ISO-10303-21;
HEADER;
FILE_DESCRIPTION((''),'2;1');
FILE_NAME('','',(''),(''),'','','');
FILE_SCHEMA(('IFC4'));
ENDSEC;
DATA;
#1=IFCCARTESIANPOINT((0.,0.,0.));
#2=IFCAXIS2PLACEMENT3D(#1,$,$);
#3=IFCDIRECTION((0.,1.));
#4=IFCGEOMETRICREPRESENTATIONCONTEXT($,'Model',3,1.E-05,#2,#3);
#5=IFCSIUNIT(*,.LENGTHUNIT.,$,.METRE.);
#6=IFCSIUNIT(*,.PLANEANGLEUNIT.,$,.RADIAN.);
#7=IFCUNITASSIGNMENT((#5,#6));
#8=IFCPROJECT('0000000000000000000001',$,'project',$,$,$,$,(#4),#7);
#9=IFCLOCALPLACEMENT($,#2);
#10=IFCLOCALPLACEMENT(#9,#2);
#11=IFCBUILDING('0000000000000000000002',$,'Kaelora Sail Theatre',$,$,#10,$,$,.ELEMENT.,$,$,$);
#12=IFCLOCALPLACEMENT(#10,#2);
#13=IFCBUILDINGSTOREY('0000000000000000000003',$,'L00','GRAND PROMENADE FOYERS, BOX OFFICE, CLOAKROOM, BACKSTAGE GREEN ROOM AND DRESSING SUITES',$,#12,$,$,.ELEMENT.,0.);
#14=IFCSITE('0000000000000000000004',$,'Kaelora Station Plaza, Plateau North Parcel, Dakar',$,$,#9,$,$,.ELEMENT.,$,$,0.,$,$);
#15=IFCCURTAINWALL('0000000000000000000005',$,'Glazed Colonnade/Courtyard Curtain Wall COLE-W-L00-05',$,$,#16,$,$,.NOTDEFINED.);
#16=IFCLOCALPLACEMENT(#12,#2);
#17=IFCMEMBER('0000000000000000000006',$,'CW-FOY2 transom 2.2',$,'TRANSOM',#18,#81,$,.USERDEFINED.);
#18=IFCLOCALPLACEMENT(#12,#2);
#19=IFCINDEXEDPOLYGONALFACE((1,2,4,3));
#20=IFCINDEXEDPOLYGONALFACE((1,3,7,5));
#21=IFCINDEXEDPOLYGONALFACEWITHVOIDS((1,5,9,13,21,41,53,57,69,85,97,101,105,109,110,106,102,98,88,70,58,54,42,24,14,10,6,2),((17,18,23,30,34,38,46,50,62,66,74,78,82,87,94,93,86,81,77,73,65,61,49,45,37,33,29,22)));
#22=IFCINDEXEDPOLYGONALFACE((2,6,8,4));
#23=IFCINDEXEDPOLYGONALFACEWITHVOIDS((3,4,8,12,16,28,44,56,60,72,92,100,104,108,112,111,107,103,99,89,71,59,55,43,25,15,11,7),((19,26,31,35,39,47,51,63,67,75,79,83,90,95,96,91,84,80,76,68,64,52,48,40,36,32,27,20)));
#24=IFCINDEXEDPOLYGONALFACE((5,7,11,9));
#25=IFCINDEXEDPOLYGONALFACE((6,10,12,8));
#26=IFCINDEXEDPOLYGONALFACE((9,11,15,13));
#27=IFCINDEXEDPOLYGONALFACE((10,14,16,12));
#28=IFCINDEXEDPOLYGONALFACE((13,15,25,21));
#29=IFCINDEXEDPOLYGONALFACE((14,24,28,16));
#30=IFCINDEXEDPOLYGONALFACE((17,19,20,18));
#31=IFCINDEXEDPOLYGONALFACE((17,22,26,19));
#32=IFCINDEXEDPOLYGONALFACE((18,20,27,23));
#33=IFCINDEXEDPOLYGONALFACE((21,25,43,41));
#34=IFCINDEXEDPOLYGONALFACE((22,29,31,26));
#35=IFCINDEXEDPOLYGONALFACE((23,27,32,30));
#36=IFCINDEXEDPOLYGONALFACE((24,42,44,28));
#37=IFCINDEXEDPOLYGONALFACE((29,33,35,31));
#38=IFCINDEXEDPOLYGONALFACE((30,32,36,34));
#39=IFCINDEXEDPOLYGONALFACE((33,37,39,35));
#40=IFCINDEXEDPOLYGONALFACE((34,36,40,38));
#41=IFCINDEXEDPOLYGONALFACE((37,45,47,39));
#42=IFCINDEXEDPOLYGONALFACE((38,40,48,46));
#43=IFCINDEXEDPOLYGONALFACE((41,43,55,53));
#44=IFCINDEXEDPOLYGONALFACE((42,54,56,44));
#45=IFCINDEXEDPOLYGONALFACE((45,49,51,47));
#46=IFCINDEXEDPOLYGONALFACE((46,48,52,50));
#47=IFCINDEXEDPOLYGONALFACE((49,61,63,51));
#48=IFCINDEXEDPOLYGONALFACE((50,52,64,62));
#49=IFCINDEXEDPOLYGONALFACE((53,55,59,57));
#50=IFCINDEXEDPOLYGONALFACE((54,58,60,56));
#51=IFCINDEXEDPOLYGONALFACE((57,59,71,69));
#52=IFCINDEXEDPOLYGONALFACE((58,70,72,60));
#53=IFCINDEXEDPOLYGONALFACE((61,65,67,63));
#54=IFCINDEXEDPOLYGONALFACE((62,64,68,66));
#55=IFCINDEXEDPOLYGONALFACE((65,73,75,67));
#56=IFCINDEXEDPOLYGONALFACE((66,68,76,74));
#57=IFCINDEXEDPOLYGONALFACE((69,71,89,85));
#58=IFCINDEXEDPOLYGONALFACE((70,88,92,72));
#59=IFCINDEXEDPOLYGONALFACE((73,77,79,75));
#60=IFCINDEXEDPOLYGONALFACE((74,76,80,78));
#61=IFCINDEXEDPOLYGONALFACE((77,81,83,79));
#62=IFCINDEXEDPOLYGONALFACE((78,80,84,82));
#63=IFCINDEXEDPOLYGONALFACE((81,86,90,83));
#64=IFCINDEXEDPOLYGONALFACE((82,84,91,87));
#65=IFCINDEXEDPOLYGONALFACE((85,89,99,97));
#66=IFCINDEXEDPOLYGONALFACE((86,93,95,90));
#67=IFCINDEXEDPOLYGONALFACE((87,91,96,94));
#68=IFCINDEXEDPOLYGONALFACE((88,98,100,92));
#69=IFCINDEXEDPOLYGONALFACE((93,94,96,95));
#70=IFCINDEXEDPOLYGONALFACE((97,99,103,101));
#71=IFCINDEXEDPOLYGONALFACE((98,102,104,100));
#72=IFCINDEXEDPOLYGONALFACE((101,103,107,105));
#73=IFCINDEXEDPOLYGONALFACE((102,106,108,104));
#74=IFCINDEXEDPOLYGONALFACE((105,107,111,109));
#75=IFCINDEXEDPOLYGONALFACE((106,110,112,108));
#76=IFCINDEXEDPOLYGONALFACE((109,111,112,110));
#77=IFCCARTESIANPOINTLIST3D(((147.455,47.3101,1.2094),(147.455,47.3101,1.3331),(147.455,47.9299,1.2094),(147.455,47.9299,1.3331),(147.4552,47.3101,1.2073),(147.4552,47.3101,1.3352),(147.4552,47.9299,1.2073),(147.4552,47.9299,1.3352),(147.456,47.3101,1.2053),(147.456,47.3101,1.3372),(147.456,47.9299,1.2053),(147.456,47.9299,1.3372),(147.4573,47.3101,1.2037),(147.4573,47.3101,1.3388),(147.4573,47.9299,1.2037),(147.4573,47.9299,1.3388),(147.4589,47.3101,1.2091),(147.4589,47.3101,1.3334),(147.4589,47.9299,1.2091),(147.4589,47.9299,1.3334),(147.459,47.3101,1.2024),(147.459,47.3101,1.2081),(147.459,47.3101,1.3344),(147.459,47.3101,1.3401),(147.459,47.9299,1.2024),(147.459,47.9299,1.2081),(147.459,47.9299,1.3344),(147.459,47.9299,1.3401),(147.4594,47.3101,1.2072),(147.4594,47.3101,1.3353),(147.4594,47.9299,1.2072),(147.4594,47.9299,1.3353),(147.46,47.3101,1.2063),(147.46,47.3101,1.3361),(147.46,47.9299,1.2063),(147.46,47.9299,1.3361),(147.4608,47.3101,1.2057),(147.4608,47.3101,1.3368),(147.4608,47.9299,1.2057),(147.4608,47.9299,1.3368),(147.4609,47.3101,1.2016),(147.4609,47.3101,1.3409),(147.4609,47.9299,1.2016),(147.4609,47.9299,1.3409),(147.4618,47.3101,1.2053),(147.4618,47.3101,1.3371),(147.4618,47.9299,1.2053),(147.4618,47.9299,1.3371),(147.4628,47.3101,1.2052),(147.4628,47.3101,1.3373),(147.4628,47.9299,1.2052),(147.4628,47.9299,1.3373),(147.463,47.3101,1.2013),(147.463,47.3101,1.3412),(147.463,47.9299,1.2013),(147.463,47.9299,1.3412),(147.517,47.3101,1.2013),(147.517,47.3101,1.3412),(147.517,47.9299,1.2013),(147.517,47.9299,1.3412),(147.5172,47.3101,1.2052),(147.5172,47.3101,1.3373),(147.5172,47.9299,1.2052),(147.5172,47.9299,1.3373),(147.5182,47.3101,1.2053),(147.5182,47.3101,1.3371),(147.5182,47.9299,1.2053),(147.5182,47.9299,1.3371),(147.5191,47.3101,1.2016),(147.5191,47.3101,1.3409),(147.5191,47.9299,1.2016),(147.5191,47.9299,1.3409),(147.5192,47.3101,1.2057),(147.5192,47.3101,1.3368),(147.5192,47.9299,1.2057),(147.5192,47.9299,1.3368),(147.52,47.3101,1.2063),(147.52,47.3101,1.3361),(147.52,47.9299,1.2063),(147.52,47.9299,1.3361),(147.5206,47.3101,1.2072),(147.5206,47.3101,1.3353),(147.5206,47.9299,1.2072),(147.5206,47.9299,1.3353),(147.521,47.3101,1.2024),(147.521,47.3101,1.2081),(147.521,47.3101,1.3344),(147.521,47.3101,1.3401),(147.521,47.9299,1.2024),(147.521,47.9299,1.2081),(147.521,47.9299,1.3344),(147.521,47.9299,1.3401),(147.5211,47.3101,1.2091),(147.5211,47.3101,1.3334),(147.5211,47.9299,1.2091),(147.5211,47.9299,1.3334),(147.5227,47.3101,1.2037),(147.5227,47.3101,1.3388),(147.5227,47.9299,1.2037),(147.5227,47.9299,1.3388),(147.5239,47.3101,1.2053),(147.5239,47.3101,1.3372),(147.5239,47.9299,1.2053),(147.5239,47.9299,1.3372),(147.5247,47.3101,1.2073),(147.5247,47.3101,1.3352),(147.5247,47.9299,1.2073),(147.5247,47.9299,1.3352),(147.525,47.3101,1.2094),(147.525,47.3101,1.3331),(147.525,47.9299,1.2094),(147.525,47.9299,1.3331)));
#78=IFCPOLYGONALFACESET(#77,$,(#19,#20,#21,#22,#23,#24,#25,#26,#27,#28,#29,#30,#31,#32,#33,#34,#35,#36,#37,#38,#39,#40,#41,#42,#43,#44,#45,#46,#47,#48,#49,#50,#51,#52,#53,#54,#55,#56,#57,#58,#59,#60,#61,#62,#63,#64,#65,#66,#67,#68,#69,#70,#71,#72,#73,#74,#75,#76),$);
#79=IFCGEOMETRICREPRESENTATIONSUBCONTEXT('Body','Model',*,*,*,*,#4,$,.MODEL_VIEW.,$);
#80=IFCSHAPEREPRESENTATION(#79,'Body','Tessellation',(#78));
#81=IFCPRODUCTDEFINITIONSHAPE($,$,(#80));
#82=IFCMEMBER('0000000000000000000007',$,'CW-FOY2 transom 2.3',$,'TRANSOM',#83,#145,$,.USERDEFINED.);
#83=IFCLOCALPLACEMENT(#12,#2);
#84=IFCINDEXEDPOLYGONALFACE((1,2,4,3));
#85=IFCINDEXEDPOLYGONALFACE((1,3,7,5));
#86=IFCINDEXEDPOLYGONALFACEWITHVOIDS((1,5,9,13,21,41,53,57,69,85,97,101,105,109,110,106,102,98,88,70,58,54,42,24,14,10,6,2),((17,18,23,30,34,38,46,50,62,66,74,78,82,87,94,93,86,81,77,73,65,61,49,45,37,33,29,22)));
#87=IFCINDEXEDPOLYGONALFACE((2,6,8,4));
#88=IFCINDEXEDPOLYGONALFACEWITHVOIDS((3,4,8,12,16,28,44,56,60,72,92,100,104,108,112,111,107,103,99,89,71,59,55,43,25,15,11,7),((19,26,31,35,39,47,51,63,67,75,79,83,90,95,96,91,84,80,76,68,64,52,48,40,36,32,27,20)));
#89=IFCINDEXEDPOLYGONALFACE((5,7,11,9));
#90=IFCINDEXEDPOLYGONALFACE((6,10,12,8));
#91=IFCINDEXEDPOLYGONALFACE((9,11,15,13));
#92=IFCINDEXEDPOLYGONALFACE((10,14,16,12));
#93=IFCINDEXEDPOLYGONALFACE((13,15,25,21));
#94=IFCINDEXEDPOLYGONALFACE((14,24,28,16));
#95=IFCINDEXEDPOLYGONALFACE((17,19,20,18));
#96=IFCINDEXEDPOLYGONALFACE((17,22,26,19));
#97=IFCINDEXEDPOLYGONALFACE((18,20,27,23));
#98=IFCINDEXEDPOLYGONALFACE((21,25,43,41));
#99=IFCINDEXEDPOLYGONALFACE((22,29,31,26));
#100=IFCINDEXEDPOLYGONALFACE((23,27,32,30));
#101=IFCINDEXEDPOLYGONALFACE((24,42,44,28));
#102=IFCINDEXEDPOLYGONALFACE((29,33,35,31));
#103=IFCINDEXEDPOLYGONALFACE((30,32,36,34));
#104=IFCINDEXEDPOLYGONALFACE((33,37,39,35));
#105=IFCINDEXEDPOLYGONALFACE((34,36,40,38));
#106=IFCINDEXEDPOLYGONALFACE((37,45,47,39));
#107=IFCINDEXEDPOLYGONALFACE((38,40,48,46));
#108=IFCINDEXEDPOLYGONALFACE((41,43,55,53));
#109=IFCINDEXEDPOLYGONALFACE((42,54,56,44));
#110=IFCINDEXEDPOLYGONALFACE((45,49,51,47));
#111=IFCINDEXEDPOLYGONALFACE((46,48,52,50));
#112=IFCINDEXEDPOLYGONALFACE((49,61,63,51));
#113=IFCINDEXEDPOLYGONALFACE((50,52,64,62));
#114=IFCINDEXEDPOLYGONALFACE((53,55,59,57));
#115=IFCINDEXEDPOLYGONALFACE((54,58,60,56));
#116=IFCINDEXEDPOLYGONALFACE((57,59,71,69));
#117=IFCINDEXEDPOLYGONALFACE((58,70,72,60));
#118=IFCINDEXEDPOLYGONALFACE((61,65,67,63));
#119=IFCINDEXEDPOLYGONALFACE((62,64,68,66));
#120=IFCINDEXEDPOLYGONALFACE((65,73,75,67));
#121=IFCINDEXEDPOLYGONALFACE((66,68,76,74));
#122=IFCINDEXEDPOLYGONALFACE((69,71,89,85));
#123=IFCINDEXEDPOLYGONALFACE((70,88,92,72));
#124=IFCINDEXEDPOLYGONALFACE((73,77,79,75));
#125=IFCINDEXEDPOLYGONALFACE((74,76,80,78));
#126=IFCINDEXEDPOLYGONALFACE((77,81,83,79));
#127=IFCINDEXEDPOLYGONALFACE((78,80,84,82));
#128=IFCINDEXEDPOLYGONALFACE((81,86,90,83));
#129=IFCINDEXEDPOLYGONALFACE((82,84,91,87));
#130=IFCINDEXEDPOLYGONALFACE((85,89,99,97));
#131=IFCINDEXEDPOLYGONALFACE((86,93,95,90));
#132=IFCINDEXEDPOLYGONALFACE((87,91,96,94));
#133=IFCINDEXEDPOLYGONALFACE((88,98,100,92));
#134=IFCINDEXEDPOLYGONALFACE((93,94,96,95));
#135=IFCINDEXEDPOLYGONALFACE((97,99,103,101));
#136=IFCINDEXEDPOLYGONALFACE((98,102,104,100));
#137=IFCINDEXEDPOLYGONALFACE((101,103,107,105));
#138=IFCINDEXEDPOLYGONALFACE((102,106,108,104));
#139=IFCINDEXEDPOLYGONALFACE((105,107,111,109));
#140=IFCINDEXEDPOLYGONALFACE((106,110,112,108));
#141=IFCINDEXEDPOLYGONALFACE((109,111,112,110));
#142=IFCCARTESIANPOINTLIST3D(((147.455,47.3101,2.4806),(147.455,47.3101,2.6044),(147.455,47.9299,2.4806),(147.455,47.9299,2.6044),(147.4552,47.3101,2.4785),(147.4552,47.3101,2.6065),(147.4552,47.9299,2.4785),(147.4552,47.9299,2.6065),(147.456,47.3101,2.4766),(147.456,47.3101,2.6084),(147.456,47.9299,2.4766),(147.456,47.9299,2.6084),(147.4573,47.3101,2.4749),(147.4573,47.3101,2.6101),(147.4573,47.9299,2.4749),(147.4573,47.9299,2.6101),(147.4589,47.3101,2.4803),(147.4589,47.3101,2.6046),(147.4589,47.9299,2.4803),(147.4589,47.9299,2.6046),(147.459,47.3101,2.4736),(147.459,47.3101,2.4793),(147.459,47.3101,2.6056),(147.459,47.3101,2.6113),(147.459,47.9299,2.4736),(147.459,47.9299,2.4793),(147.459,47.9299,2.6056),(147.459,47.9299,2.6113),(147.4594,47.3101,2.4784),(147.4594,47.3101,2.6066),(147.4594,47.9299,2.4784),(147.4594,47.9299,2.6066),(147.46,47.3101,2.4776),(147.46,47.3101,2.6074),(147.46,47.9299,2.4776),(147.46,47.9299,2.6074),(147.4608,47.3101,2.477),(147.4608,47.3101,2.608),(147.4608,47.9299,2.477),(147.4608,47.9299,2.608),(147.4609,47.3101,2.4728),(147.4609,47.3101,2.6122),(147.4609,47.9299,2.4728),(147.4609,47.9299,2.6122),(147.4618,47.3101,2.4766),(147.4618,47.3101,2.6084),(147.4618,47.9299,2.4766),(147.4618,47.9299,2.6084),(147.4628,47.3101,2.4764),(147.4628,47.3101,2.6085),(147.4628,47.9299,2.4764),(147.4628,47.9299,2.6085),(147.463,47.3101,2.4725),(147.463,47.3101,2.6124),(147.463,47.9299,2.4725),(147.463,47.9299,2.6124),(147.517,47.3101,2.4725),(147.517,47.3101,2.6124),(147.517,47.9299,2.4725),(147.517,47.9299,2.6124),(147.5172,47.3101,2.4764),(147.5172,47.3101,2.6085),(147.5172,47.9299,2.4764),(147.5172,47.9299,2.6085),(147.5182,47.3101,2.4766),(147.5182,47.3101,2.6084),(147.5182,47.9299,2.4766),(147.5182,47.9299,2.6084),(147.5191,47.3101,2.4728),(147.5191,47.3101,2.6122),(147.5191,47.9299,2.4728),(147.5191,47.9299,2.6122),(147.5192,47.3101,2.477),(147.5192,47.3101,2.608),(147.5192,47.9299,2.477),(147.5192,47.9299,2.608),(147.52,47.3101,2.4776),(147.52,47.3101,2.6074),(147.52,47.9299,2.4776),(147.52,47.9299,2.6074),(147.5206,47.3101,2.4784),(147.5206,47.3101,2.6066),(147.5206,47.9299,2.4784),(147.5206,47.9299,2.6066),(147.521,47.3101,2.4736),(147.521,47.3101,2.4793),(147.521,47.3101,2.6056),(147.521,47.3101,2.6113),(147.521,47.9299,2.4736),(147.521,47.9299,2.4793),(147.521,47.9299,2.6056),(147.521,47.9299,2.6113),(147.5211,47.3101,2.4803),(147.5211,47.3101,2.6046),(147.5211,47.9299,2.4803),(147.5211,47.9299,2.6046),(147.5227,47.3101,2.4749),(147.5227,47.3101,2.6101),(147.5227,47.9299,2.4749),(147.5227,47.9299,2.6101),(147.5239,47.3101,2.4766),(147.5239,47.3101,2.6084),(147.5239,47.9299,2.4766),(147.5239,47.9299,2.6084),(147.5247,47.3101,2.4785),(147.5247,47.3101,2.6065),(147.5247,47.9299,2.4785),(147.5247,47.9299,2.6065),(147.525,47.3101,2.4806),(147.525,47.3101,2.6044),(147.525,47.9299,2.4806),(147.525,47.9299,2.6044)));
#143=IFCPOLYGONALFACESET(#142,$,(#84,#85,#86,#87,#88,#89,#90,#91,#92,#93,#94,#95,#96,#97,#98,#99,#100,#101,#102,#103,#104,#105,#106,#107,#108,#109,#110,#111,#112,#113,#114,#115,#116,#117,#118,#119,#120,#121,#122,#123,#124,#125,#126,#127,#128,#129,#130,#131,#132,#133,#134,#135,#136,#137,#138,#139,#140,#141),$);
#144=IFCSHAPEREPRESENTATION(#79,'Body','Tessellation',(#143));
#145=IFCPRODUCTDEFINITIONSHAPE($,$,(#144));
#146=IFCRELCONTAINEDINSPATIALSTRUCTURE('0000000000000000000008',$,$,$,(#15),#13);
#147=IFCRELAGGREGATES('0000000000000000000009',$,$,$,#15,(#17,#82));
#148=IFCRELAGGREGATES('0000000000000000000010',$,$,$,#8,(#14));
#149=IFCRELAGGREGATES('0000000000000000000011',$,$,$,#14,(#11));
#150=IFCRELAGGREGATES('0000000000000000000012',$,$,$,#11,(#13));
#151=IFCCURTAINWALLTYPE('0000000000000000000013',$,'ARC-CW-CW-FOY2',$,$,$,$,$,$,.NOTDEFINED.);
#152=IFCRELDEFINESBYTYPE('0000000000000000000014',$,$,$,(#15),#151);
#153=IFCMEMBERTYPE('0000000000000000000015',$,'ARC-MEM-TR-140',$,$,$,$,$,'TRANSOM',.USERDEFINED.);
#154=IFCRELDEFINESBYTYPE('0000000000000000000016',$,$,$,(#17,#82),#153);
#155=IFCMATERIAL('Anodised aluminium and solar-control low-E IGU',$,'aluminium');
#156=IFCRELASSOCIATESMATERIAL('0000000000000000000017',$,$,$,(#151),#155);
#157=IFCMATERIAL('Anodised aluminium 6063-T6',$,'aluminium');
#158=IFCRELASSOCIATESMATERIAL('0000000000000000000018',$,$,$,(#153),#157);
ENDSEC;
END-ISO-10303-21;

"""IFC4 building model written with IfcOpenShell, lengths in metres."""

from ifc_helpers import new_model, si_unit, direction, frame, origin, origin_2d, place, context, subcontext, project, spatial, hollow_rectangle, extrude, material, material_profile, profile_set, type_object, element, aggregate, save


model = new_model("IFC4")

# Units and contexts
model_context = context("Model", 3, precision=1e-05, world=origin(), true_north=direction((0.0, 1.0)))
body_context = subcontext(model_context, "Body", "Model", "MODEL_VIEW")
ifc_project = project(units=[si_unit("LENGTHUNIT", "METRE"), si_unit("PLANEANGLEUNIT", "RADIAN")], contexts=[model_context])

# Site, building, storey
site_placement = place(None, origin())
site = spatial("IfcSite", under=ifc_project, at=site_placement, Name="Kaelora Station Plaza, Plateau North Parcel, Dakar", CompositionType="ELEMENT", RefElevation=0.0)
building_placement = place(site_placement, origin())
building = spatial("IfcBuilding", under=site, at=building_placement, Name="Kaelora Sail Theatre", CompositionType="ELEMENT")
storey_placement = place(building_placement, origin())
storey = spatial("IfcBuildingStorey", under=building, at=storey_placement, Name="L00", Description="GRAND PROMENADE FOYERS, BOX OFFICE, CLOAKROOM, BACKSTAGE GREEN ROOM AND DRESSING SUITES", CompositionType="ELEMENT", Elevation=0.0)

# Curtain wall, members
ifc_material_1 = material(Name="Anodised aluminium and solar-control low-E IGU", Category="aluminium")
curtain_wall_type = type_object("IfcCurtainWallType", Name="ARC-CW-CW-FOY2", PredefinedType="NOTDEFINED", material=ifc_material_1)
curtain_wall_placement = place(storey_placement, origin())
curtain_wall = element("IfcCurtainWall", 1, at=curtain_wall_placement, inside=storey, type_object=curtain_wall_type, Name="Glazed Colonnade/Courtyard Curtain Wall COLE-W-L00-05", PredefinedType="NOTDEFINED")
ifc_material_2 = material(Name="Anodised aluminium 6063-T6", Category="aluminium")
ifc_material_profile_1 = material_profile(ifc_material_2, hollow_rectangle(XDim=0.0701, YDim=0.1399, WallThickness=0.0039, InnerFilletRadius=0.0039, OuterFilletRadius=0.0081, at=origin_2d()), Name="ALU-TRAN 70x140x4")
ifc_profile_set_1 = profile_set([ifc_material_profile_1], Name="Anodised aluminium 6063-T6")
member_type_1 = type_object("IfcMemberType", Name="ARC-MEM-TR-140", ElementType="TRANSOM", PredefinedType="USERDEFINED", material=ifc_profile_set_1)
member_1_placement = place(storey_placement, frame((147.49, 47.3101, 1.2712), z_axis=(0.0, 1.0, 0.0), x_axis=(-1.0, 0.0, 0.0)))
member_1 = element("IfcMember", 2, at=member_1_placement, type_object=member_type_1, Name="CW-FOY2 transom 2.2", ObjectType="TRANSOM", PredefinedType="USERDEFINED", context=body_context, shape_type="SweptSolid", body=[
    extrude(hollow_rectangle(XDim=0.0701, YDim=0.1399, WallThickness=0.0039, InnerFilletRadius=0.0039, OuterFilletRadius=0.0081, at=origin_2d()), origin(), (0.0, 0.0, 1.0), 0.6199),
])
member_2_placement = place(storey_placement, frame((147.49, 47.3101, 2.5425), z_axis=(0.0, 1.0, 0.0), x_axis=(-1.0, 0.0, 0.0)))
member_2 = element("IfcMember", 3, at=member_2_placement, type_object=member_type_1, Name="CW-FOY2 transom 2.3", ObjectType="TRANSOM", PredefinedType="USERDEFINED", context=body_context, shape_type="SweptSolid", body=[
    extrude(hollow_rectangle(XDim=0.0701, YDim=0.1399, WallThickness=0.0039, InnerFilletRadius=0.0039, OuterFilletRadius=0.0081, at=origin_2d()), origin(), (0.0, 0.0, 1.0), 0.6199),
])
aggregate(curtain_wall, [member_1, member_2])

save(model, "model.ifc")
